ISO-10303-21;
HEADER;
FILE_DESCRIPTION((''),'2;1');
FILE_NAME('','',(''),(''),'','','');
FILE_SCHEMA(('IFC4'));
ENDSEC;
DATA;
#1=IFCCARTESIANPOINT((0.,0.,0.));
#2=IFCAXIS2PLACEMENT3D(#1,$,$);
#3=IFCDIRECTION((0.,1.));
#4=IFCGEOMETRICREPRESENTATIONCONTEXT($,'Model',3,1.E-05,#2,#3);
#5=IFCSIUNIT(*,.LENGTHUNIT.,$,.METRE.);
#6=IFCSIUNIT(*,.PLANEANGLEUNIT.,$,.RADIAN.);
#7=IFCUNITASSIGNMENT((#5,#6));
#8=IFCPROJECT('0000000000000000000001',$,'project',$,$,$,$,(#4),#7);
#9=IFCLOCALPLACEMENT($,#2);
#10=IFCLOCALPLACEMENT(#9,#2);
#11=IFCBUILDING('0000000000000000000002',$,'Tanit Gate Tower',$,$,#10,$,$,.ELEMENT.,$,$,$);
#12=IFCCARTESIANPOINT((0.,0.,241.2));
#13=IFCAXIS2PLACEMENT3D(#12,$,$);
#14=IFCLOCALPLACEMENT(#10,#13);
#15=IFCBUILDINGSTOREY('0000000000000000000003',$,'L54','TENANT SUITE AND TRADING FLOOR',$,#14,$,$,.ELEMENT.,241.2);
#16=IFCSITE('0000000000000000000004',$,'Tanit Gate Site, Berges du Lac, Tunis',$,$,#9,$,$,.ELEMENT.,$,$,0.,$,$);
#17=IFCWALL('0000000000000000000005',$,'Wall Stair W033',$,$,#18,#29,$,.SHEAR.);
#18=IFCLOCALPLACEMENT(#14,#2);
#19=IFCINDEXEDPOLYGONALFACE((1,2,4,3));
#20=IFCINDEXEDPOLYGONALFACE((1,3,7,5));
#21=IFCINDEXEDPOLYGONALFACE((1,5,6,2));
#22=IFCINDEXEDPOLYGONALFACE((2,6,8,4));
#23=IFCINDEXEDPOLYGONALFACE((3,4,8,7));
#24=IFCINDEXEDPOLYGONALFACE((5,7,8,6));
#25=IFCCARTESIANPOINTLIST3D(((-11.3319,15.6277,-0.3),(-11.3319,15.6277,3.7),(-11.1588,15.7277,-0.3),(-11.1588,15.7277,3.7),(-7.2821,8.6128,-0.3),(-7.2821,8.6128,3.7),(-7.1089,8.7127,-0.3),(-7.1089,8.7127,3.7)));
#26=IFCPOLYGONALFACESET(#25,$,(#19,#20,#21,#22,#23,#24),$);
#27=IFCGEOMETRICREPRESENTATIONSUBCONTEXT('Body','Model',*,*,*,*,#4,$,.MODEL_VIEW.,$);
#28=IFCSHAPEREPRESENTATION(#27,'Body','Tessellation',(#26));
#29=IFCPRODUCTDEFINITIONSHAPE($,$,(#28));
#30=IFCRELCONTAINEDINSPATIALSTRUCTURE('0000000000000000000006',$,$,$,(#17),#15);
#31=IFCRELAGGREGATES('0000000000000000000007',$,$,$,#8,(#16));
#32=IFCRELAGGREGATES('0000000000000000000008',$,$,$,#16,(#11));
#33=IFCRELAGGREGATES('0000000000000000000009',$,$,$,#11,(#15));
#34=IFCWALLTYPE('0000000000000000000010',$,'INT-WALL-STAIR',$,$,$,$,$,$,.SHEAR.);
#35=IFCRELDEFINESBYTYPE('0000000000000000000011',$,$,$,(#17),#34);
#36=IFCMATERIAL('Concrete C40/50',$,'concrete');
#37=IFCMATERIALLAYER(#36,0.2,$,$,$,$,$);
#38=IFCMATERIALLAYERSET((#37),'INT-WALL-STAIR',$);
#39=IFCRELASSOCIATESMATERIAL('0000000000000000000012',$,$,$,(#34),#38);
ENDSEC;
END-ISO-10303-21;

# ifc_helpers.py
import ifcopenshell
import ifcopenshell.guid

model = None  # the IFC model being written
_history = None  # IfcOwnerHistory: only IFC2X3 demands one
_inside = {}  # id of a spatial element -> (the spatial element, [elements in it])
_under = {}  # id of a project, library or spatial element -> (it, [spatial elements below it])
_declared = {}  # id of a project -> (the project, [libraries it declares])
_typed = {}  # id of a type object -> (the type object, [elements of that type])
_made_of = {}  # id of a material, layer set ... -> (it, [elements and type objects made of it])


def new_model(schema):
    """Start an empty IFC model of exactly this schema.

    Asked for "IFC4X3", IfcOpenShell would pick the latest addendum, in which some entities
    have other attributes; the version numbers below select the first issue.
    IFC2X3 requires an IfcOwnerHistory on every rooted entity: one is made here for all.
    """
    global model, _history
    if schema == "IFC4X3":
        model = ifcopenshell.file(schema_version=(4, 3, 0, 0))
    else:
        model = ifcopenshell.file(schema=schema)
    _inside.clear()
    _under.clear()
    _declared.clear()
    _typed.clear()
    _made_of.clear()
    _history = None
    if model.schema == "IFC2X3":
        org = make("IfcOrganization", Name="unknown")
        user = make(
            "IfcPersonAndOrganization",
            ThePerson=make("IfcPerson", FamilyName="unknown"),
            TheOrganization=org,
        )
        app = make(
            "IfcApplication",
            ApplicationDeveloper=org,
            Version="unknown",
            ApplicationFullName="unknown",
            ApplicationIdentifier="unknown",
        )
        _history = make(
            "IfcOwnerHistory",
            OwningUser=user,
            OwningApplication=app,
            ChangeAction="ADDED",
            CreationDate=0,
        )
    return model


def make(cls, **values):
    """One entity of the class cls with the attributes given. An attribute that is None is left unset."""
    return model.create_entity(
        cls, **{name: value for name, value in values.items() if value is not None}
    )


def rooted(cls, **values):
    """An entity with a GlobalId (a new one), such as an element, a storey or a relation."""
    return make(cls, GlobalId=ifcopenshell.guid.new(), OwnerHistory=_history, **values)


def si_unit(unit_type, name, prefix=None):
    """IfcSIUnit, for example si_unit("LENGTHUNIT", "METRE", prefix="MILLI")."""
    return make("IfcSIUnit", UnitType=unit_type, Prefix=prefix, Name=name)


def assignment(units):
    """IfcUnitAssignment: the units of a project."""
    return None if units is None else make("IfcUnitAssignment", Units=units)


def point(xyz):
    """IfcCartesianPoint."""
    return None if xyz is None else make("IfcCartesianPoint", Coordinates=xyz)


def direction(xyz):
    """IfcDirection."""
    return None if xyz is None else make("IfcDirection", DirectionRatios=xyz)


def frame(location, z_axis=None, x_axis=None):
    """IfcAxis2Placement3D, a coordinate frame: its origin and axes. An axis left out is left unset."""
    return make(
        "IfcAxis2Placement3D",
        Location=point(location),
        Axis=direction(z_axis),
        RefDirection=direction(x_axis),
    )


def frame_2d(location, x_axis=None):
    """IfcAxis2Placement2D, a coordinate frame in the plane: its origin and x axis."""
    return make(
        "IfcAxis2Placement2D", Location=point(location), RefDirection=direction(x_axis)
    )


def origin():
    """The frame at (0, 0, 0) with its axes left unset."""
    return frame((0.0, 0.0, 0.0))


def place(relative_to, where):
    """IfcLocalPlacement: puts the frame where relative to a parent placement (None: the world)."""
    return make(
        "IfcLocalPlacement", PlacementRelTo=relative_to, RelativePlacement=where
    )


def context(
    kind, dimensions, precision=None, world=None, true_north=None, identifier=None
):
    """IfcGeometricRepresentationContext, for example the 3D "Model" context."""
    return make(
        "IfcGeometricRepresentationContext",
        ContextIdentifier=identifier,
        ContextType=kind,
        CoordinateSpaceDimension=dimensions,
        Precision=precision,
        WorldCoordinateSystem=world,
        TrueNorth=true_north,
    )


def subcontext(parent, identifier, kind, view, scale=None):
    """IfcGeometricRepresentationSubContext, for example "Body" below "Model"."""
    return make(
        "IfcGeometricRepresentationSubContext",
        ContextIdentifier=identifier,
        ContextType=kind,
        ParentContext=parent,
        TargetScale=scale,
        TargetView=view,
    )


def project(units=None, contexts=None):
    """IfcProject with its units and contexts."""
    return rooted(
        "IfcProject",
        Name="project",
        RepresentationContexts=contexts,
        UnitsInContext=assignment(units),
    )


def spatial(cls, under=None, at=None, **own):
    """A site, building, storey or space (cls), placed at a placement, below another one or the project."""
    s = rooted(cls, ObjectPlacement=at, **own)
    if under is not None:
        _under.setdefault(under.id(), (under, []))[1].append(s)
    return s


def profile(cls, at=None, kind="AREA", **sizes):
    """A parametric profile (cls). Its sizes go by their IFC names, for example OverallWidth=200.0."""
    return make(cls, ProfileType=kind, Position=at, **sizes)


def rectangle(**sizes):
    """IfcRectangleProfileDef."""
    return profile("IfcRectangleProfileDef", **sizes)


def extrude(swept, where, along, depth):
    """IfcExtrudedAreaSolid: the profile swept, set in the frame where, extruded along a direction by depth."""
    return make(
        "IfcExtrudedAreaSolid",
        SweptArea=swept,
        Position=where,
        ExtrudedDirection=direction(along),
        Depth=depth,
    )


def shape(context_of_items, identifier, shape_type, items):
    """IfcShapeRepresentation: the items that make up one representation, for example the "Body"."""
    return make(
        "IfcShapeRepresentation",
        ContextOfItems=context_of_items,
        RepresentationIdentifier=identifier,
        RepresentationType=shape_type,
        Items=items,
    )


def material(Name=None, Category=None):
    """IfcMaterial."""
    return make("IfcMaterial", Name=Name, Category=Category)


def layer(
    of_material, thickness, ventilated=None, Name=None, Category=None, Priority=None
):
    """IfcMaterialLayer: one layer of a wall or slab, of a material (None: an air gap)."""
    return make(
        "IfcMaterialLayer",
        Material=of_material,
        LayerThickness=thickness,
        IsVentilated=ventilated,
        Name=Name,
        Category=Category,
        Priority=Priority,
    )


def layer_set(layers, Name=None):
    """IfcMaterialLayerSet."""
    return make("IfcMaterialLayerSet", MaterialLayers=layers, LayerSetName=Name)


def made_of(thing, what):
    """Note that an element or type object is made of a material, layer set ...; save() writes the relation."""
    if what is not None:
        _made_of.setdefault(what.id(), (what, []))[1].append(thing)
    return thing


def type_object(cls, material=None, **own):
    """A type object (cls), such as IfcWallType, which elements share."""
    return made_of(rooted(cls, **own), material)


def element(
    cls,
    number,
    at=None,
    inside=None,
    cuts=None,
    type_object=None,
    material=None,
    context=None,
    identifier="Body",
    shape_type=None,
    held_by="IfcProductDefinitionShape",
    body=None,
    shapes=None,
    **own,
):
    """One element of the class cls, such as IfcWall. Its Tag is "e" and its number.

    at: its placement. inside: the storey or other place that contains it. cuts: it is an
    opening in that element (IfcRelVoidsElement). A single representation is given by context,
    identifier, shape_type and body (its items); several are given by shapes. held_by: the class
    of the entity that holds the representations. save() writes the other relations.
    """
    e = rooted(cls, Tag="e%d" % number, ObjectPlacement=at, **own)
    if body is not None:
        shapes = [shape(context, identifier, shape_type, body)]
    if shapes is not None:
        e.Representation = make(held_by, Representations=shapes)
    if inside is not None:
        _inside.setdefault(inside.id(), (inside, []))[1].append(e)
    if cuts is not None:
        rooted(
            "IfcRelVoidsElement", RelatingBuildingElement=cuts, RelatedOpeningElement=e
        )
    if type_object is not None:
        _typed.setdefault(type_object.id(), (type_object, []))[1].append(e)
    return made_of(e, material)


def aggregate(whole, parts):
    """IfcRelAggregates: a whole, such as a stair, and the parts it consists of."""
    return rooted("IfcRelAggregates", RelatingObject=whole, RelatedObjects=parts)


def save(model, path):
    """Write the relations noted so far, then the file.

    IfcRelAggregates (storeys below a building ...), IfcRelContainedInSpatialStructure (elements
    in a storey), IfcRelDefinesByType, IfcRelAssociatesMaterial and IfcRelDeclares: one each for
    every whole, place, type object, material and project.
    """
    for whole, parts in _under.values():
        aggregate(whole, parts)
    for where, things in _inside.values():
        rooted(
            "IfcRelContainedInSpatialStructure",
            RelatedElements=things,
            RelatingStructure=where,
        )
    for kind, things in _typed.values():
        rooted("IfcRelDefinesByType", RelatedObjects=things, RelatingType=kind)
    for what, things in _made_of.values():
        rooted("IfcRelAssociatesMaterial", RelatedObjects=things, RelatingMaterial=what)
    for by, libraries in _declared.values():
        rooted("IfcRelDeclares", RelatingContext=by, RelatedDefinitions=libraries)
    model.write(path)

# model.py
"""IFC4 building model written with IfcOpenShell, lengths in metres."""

from ifc_helpers import new_model, si_unit, direction, frame, frame_2d, origin, place, context, subcontext, project, spatial, rectangle, extrude, material, layer, layer_set, type_object, element, save


model = new_model("IFC4")

# Units and contexts
model_context = context("Model", 3, precision=1e-05, world=origin(), true_north=direction((0.0, 1.0)))
body_context = subcontext(model_context, "Body", "Model", "MODEL_VIEW")
ifc_project = project(units=[si_unit("LENGTHUNIT", "METRE"), si_unit("PLANEANGLEUNIT", "RADIAN")], contexts=[model_context])

# Site, building, storey
site_placement = place(None, origin())
site = spatial("IfcSite", under=ifc_project, at=site_placement, Name="Tanit Gate Site, Berges du Lac, Tunis", CompositionType="ELEMENT", RefElevation=0.0)
building_placement = place(site_placement, origin())
building = spatial("IfcBuilding", under=site, at=building_placement, Name="Tanit Gate Tower", CompositionType="ELEMENT")
storey_placement = place(building_placement, frame((0.0, 0.0, 241.2)))
storey = spatial("IfcBuildingStorey", under=building, at=storey_placement, Name="L54", Description="TENANT SUITE AND TRADING FLOOR", CompositionType="ELEMENT", Elevation=241.2)

# Wall
ifc_material_1 = material(Name="Concrete C40/50", Category="concrete")
ifc_layer_1 = layer(ifc_material_1, 0.2)
ifc_layer_set_1 = layer_set([ifc_layer_1], Name="INT-WALL-STAIR")
wall_type_1 = type_object("IfcWallType", Name="INT-WALL-STAIR", PredefinedType="SHEAR", material=ifc_layer_set_1)
wall_1_placement = place(storey_placement, frame((-11.2454, 15.6777, -0.3), z_axis=(0.0, 0.0, 1.0), x_axis=(0.499977, -0.866039, 0.0)))
element("IfcWall", 1, at=wall_1_placement, inside=storey, type_object=wall_type_1, Name="Wall Stair W033", PredefinedType="SHEAR", context=body_context, shape_type="SweptSolid", body=[
    extrude(rectangle(XDim=8.1001, YDim=0.2, at=frame_2d((4.05, 0.0))), origin(), (0.0, 0.0, 1.0), 4.0),
])

save(model, "model.ifc")
